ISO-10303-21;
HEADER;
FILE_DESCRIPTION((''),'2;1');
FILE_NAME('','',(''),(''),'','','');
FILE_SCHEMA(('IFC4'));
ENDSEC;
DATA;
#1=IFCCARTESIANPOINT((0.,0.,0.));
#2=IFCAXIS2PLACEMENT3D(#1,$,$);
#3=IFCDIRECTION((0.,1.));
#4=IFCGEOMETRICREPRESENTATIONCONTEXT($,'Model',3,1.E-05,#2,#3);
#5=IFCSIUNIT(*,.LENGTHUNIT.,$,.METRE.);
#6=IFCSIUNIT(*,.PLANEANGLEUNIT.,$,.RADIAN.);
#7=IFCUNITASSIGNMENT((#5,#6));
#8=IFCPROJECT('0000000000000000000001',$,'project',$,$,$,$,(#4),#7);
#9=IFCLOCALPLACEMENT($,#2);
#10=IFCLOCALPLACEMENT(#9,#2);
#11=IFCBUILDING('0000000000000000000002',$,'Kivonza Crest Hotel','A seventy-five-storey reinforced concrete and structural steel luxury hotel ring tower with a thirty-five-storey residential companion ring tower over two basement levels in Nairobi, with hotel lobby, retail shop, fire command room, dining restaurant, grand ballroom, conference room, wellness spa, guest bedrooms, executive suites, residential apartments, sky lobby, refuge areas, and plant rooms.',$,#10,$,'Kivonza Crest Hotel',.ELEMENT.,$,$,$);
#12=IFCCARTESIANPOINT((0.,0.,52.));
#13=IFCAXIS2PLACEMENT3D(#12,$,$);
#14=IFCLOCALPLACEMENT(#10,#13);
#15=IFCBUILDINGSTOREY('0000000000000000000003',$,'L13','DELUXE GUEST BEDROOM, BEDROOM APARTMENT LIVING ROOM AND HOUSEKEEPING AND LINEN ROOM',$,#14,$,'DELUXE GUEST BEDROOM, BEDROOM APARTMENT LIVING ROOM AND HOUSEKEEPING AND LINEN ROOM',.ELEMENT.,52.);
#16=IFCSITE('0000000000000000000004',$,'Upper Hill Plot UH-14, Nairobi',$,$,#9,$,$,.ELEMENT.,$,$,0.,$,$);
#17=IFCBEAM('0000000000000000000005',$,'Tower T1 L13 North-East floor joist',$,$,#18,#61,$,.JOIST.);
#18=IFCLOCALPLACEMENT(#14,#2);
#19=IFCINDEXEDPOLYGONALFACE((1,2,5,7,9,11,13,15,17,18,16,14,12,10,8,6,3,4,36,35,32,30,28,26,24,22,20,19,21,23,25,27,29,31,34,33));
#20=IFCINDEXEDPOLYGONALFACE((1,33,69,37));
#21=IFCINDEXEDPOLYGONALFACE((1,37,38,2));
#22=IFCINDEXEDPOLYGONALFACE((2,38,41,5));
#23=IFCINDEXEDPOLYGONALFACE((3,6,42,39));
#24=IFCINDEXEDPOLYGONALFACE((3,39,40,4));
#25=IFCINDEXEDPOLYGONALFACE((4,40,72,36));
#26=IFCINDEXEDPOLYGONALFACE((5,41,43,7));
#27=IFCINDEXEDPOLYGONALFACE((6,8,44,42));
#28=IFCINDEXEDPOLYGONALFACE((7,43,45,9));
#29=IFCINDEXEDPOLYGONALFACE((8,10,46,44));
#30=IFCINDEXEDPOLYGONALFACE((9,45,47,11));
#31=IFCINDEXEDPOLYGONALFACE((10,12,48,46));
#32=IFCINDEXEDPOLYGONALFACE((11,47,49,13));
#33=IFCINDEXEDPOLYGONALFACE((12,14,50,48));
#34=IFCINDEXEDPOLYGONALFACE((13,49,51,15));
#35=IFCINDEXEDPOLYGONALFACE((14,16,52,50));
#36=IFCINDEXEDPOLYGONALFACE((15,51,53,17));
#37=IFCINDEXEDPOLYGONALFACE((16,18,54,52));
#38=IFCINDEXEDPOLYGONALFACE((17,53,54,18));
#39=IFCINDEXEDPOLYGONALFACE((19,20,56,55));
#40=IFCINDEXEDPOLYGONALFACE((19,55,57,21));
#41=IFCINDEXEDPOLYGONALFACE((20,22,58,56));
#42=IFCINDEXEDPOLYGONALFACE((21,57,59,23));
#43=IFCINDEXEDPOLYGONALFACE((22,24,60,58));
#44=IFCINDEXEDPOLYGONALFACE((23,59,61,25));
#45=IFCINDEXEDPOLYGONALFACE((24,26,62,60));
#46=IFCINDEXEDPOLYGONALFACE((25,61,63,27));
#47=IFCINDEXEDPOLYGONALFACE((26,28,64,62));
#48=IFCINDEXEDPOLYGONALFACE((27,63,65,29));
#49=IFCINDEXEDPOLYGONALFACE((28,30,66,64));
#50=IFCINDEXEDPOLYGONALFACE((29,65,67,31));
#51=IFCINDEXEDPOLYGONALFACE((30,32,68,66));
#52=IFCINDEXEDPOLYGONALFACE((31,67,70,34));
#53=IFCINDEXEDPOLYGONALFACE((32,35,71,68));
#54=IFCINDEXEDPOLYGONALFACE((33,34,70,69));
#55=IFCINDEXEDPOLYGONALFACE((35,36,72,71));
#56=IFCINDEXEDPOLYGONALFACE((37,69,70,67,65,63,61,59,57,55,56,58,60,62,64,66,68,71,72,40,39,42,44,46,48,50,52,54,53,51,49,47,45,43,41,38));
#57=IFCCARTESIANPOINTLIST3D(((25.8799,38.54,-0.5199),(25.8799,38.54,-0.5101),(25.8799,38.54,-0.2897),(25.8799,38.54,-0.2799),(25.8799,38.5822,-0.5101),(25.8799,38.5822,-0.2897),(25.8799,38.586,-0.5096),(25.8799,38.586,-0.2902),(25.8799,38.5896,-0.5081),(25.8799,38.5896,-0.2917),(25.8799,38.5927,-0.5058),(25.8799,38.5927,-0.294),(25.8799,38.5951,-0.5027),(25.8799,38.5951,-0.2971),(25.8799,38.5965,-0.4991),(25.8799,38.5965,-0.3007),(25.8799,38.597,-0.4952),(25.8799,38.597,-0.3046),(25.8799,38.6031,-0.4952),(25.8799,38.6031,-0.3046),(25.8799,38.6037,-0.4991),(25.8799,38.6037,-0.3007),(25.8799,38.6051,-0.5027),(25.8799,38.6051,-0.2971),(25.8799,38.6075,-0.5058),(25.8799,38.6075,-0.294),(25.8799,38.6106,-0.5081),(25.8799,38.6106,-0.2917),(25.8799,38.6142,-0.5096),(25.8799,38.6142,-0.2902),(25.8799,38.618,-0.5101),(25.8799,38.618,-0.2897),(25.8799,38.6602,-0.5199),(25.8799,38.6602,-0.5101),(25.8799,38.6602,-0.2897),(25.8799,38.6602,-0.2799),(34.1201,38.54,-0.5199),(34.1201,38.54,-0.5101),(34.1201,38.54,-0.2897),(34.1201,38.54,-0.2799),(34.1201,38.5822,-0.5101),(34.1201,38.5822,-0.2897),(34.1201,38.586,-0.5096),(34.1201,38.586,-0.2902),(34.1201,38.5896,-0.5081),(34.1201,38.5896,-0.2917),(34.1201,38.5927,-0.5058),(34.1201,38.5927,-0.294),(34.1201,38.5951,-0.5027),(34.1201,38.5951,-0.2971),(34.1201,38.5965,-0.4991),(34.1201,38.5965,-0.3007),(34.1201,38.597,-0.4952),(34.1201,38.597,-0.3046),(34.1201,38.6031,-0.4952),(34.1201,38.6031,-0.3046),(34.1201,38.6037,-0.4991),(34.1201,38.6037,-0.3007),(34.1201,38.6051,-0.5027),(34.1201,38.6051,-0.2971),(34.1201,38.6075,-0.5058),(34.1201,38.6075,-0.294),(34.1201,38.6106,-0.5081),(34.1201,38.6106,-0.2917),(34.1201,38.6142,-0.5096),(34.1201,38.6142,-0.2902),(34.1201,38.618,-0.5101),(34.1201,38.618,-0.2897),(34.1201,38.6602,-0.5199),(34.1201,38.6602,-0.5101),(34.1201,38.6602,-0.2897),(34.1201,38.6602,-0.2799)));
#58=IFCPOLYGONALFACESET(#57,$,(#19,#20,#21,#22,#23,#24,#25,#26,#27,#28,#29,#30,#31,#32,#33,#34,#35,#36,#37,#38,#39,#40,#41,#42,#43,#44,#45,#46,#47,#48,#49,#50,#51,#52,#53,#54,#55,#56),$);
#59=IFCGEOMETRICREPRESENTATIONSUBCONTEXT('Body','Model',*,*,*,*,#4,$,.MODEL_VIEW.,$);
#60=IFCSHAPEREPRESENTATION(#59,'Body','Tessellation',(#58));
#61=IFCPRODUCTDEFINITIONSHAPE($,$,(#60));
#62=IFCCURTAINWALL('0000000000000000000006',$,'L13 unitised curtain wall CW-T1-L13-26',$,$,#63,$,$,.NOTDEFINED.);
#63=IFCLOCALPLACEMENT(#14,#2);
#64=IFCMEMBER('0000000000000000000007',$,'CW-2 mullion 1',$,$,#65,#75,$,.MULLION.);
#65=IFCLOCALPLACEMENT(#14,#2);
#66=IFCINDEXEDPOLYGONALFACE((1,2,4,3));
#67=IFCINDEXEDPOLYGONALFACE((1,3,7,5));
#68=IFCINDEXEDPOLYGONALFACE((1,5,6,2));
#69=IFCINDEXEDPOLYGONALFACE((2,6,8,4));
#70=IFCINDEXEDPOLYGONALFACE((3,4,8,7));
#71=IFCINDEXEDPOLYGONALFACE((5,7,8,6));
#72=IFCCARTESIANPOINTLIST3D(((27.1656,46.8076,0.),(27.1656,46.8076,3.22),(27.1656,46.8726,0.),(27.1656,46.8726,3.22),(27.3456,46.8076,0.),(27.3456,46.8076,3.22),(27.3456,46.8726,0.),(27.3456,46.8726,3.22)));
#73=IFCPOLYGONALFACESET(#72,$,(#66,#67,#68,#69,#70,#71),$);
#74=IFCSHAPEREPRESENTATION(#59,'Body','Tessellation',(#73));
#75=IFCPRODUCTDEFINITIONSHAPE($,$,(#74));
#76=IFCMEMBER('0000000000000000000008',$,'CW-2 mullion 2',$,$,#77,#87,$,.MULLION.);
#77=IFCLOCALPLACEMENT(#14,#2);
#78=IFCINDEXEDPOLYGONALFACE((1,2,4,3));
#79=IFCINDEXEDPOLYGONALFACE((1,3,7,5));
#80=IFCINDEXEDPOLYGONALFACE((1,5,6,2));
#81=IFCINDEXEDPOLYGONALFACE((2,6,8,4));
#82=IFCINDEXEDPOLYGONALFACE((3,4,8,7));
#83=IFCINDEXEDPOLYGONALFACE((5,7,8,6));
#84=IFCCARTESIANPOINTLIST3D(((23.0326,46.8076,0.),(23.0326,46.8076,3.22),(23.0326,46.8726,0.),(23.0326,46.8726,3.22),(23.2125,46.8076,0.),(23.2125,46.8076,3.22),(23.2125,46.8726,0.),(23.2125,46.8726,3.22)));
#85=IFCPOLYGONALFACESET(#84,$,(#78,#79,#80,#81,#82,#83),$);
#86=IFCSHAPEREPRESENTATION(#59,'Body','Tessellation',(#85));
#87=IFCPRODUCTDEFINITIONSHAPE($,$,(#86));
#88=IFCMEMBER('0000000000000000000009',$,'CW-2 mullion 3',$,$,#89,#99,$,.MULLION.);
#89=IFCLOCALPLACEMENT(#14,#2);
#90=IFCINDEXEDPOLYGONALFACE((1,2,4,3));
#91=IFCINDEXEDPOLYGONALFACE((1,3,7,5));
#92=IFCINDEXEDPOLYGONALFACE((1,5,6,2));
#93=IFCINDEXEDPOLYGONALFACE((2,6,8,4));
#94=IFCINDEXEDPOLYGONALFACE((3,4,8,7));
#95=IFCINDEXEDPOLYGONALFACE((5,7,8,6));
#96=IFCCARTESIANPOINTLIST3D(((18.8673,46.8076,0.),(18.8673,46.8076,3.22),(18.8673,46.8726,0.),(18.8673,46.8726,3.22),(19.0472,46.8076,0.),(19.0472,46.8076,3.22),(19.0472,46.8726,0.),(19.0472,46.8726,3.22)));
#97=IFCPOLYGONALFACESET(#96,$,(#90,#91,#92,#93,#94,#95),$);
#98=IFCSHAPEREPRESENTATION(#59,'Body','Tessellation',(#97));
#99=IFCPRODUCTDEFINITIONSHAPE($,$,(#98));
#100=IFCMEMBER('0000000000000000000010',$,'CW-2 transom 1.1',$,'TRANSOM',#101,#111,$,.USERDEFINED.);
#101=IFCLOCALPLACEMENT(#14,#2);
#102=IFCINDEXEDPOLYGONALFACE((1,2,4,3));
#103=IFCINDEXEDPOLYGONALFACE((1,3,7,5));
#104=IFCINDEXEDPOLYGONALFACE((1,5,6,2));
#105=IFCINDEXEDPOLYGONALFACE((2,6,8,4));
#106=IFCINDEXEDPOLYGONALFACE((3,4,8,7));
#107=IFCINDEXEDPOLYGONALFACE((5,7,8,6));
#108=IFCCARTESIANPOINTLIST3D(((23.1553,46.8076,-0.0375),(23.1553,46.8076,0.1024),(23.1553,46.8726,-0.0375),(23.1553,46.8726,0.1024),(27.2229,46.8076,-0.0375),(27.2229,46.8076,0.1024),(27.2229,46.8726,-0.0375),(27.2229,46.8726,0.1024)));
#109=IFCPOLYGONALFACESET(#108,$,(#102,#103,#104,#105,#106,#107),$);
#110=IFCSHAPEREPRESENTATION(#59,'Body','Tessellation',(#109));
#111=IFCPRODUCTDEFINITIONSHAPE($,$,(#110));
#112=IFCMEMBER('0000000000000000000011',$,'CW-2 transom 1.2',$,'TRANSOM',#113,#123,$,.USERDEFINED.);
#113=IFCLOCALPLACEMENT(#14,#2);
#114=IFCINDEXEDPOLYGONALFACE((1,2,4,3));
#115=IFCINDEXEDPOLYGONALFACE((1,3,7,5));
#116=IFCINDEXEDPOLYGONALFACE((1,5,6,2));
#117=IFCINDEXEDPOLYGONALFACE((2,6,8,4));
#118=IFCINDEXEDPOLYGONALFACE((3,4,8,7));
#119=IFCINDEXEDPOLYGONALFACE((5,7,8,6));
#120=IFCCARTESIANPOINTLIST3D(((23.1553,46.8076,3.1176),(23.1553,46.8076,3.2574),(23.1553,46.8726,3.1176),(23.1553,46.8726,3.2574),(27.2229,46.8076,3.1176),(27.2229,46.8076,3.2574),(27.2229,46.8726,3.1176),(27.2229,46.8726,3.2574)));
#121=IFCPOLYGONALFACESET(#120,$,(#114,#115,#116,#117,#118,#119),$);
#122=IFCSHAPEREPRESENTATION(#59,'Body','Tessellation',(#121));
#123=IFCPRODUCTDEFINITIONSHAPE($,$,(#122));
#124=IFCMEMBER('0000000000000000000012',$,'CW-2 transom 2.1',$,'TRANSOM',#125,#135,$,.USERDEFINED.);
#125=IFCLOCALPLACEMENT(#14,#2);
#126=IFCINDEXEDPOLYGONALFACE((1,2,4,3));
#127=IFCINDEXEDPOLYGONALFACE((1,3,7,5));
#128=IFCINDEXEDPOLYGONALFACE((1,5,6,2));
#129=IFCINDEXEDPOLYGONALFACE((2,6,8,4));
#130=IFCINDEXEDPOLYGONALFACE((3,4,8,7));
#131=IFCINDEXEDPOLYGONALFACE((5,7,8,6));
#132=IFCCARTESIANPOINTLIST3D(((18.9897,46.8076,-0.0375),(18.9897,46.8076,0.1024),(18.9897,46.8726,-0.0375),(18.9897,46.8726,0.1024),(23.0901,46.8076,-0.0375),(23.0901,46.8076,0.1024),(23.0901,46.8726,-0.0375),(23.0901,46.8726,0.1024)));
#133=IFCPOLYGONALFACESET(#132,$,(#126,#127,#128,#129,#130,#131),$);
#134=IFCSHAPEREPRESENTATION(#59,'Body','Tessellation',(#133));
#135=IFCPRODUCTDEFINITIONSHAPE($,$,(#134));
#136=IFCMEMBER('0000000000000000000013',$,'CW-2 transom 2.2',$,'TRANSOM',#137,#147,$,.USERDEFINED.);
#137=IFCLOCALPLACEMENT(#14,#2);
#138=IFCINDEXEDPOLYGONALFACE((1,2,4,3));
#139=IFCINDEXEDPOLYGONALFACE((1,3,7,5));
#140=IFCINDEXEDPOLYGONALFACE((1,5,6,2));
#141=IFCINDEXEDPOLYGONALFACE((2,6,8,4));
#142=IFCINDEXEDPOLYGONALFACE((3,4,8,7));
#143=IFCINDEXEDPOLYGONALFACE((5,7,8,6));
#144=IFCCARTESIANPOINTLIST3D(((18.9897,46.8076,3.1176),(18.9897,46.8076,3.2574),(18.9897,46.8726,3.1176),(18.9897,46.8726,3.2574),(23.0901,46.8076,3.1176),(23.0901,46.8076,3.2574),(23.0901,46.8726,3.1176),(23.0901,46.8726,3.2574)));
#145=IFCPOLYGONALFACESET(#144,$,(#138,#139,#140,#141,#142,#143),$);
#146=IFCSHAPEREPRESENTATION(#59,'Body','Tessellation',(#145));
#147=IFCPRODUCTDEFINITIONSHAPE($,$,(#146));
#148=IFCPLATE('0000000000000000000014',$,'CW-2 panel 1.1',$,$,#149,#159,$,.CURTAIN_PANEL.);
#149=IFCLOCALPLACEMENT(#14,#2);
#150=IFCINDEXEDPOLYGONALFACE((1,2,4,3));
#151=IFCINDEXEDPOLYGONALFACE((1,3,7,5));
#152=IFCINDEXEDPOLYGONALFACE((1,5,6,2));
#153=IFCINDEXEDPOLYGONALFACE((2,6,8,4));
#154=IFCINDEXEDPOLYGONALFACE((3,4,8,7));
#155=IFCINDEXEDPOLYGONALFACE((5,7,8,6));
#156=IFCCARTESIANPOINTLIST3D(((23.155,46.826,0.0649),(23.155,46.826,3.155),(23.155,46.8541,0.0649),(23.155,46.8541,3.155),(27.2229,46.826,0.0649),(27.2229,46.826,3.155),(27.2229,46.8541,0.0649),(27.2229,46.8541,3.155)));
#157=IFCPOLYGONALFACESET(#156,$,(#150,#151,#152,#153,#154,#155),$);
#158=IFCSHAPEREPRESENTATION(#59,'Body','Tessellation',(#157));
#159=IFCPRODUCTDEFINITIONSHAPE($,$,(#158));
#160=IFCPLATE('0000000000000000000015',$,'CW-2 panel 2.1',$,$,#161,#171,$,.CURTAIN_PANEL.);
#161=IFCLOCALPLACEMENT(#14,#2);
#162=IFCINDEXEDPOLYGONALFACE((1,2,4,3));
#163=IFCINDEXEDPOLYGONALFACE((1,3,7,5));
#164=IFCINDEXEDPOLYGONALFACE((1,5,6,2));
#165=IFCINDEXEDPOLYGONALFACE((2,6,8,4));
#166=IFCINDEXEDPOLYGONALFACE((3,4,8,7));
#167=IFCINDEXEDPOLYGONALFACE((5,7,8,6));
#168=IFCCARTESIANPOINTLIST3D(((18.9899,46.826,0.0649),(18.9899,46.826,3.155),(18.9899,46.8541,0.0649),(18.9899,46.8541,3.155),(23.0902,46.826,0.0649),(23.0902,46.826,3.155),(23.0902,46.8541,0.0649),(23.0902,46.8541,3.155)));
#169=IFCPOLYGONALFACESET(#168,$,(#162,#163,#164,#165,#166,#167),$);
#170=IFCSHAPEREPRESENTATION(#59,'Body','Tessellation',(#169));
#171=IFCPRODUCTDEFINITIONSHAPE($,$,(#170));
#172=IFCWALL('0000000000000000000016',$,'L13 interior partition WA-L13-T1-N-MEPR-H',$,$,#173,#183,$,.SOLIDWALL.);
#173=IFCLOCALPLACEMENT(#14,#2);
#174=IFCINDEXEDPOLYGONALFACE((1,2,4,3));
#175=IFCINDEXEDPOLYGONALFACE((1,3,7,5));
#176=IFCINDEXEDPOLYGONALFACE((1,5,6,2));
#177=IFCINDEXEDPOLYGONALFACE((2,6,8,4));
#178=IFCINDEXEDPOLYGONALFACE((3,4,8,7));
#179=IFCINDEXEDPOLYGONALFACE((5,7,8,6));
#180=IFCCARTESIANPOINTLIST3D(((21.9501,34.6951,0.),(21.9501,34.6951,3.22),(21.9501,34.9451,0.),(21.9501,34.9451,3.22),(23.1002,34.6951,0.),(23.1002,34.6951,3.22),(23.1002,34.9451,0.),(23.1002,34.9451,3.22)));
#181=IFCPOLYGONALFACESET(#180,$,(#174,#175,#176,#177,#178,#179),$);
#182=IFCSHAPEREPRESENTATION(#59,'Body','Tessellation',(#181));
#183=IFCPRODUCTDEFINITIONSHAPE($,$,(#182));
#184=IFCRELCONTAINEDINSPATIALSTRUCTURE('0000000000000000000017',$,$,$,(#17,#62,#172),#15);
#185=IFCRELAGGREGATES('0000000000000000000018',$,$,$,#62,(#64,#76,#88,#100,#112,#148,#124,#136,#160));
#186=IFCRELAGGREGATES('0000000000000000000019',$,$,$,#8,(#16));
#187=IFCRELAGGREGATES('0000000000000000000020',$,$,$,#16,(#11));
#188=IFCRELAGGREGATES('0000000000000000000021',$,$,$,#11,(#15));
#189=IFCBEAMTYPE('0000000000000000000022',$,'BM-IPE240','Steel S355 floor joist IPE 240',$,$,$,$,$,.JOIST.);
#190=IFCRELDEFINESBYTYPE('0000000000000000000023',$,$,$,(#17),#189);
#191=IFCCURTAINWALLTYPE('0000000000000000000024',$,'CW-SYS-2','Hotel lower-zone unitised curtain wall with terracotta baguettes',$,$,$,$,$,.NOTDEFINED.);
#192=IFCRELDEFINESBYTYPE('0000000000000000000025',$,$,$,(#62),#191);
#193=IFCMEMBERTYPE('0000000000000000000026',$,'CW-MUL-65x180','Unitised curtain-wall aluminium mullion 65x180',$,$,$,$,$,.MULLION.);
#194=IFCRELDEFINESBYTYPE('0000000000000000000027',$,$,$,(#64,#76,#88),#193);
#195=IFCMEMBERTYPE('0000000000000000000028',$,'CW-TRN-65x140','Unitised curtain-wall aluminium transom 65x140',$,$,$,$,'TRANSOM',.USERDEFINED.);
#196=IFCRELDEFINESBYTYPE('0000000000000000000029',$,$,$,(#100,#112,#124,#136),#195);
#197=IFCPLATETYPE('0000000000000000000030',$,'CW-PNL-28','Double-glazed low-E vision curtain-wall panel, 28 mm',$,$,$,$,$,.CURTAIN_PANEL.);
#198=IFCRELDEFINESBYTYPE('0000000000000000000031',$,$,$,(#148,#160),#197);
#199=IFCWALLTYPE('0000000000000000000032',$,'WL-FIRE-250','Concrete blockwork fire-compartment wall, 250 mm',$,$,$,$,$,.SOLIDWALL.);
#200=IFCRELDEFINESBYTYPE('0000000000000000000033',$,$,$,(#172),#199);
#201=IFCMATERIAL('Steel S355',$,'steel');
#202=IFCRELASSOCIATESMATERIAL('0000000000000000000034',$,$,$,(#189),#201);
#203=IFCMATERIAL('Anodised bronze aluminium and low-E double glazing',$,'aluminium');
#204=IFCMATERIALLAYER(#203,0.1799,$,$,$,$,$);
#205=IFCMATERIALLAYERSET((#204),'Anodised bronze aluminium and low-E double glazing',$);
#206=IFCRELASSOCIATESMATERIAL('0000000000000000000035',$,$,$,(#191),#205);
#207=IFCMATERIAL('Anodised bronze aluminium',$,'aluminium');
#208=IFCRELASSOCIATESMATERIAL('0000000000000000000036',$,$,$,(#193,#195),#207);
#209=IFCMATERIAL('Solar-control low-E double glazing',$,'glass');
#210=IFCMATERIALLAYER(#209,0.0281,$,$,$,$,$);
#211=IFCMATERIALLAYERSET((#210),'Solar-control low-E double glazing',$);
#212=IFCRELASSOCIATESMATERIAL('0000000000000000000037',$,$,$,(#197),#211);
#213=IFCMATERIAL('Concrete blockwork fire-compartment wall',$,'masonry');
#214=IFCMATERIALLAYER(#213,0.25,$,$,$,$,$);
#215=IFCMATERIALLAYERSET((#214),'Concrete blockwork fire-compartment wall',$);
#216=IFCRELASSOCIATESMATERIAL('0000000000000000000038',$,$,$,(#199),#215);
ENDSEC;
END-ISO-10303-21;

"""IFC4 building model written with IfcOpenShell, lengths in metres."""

from ifc_helpers import new_model, si_unit, direction, frame, frame_2d, origin, origin_2d, place, context, subcontext, project, spatial, rectangle, i_section, extrude, material, layer, layer_set, material_profile, profile_set, type_object, element, aggregate, save


model = new_model("IFC4")

# Units and contexts
model_context = context("Model", 3, precision=1e-05, world=origin(), true_north=direction((0.0, 1.0)))
body_context = subcontext(model_context, "Body", "Model", "MODEL_VIEW")
ifc_project = project(units=[si_unit("LENGTHUNIT", "METRE"), si_unit("PLANEANGLEUNIT", "RADIAN")], contexts=[model_context])

# Site, building, storey
site_placement = place(None, origin())
site = spatial("IfcSite", under=ifc_project, at=site_placement, Name="Upper Hill Plot UH-14, Nairobi", CompositionType="ELEMENT", RefElevation=0.0)
building_placement = place(site_placement, origin())
building = spatial("IfcBuilding", under=site, at=building_placement, Name="Kivonza Crest Hotel", Description="A seventy-five-storey reinforced concrete and structural steel luxury hotel ring tower with a thirty-five-storey residential companion ring tower over two basement levels in Nairobi, with hotel lobby, retail shop, fire command room, dining restaurant, grand ballroom, conference room, wellness spa, guest bedrooms, executive suites, residential apartments, sky lobby, refuge areas, and plant rooms.", LongName="Kivonza Crest Hotel", CompositionType="ELEMENT")
storey_placement = place(building_placement, frame((0.0, 0.0, 52.0)))
storey = spatial("IfcBuildingStorey", under=building, at=storey_placement, Name="L13", Description="DELUXE GUEST BEDROOM, BEDROOM APARTMENT LIVING ROOM AND HOUSEKEEPING AND LINEN ROOM", LongName="DELUXE GUEST BEDROOM, BEDROOM APARTMENT LIVING ROOM AND HOUSEKEEPING AND LINEN ROOM", CompositionType="ELEMENT", Elevation=52.0)

# Beam
ifc_material_1 = material(Name="Steel S355", Category="steel")
ifc_material_profile_1 = material_profile(ifc_material_1, i_section(OverallWidth=0.1201, OverallDepth=0.24, WebThickness=0.0061, FlangeThickness=0.0098, FilletRadius=0.0149, at=origin_2d()), Name="IPE 240")
ifc_profile_set_1 = profile_set([ifc_material_profile_1], Name="Steel S355")
beam_type_1 = type_object("IfcBeamType", Name="BM-IPE240", Description="Steel S355 floor joist IPE 240", PredefinedType="JOIST", material=ifc_profile_set_1)
beam_1_placement = place(storey_placement, frame((25.8799, 38.6001, -0.3999), z_axis=(1.0, 0.0, 0.0), x_axis=(0.0, 1.0, 0.0)))
element("IfcBeam", 1, at=beam_1_placement, inside=storey, type_object=beam_type_1, Name="Tower T1 L13 North-East floor joist", PredefinedType="JOIST", context=body_context, shape_type="SweptSolid", body=[
    extrude(i_section(OverallWidth=0.1201, OverallDepth=0.24, WebThickness=0.0061, FlangeThickness=0.0098, FilletRadius=0.0149, at=origin_2d()), origin(), (0.0, 0.0, 1.0), 8.2402),
])

# Curtain wall, members, plates
ifc_material_2 = material(Name="Anodised bronze aluminium and low-E double glazing", Category="aluminium")
ifc_layer_1 = layer(ifc_material_2, 0.1799)
ifc_layer_set_1 = layer_set([ifc_layer_1], Name="Anodised bronze aluminium and low-E double glazing")
curtain_wall_type = type_object("IfcCurtainWallType", Name="CW-SYS-2", Description="Hotel lower-zone unitised curtain wall with terracotta baguettes", PredefinedType="NOTDEFINED", material=ifc_layer_set_1)
curtain_wall_placement = place(storey_placement, origin())
curtain_wall = element("IfcCurtainWall", 2, at=curtain_wall_placement, inside=storey, type_object=curtain_wall_type, Name="L13 unitised curtain wall CW-T1-L13-26", PredefinedType="NOTDEFINED")
ifc_material_3 = material(Name="Anodised bronze aluminium", Category="aluminium")
ifc_material_profile_2 = material_profile(ifc_material_3, rectangle(XDim=0.0649, YDim=0.1799, at=origin_2d()), Name="CW-M 65x180")
ifc_profile_set_2 = profile_set([ifc_material_profile_2], Name="Anodised bronze aluminium")
member_type_1 = type_object("IfcMemberType", Name="CW-MUL-65x180", Description="Unitised curtain-wall aluminium mullion 65x180", PredefinedType="MULLION", material=ifc_profile_set_2)
member_1_placement = place(storey_placement, frame((27.2556, 46.8401, 0.0), z_axis=(0.0, 0.0, 1.0), x_axis=(0.0, -1.0, 0.0)))
member_1 = element("IfcMember", 3, at=member_1_placement, type_object=member_type_1, Name="CW-2 mullion 1", PredefinedType="MULLION", context=body_context, shape_type="SweptSolid", body=[
    extrude(rectangle(XDim=0.0649, YDim=0.1799, at=origin_2d()), origin(), (0.0, 0.0, 1.0), 3.22),
])
member_2_placement = place(storey_placement, frame((23.1226, 46.8401, 0.0), z_axis=(0.0, 0.0, 1.0), x_axis=(0.0, -1.0, 0.0)))
member_2 = element("IfcMember", 4, at=member_2_placement, type_object=member_type_1, Name="CW-2 mullion 2", PredefinedType="MULLION", context=body_context, shape_type="SweptSolid", body=[
    extrude(rectangle(XDim=0.0649, YDim=0.1799, at=origin_2d()), origin(), (0.0, 0.0, 1.0), 3.22),
])
member_3_placement = place(storey_placement, frame((18.9573, 46.8401, 0.0), z_axis=(0.0, 0.0, 1.0), x_axis=(0.0, -1.0, 0.0)))
member_3 = element("IfcMember", 5, at=member_3_placement, type_object=member_type_1, Name="CW-2 mullion 3", PredefinedType="MULLION", context=body_context, shape_type="SweptSolid", body=[
    extrude(rectangle(XDim=0.0649, YDim=0.1799, at=origin_2d()), origin(), (0.0, 0.0, 1.0), 3.22),
])
ifc_material_profile_3 = material_profile(ifc_material_3, rectangle(XDim=0.0649, YDim=0.1399, at=origin_2d()), Name="CW-T 65x140")
ifc_profile_set_3 = profile_set([ifc_material_profile_3], Name="Anodised bronze aluminium")
member_type_2 = type_object("IfcMemberType", Name="CW-TRN-65x140", Description="Unitised curtain-wall aluminium transom 65x140", ElementType="TRANSOM", PredefinedType="USERDEFINED", material=ifc_profile_set_3)
member_4_placement = place(storey_placement, frame((27.2229, 46.8401, 0.0325), z_axis=(-1.0, 0.0, 0.0), x_axis=(0.0, -1.0, 0.0)))
member_4 = element("IfcMember", 6, at=member_4_placement, type_object=member_type_2, Name="CW-2 transom 1.1", ObjectType="TRANSOM", PredefinedType="USERDEFINED", context=body_context, shape_type="SweptSolid", body=[
    extrude(rectangle(XDim=0.0649, YDim=0.1399, at=origin_2d()), origin(), (0.0, 0.0, 1.0), 4.0676),
])
member_5_placement = place(storey_placement, frame((27.2229, 46.8401, 3.1875), z_axis=(-1.0, 0.0, 0.0), x_axis=(0.0, -1.0, 0.0)))
member_5 = element("IfcMember", 7, at=member_5_placement, type_object=member_type_2, Name="CW-2 transom 1.2", ObjectType="TRANSOM", PredefinedType="USERDEFINED", context=body_context, shape_type="SweptSolid", body=[
    extrude(rectangle(XDim=0.0649, YDim=0.1399, at=origin_2d()), origin(), (0.0, 0.0, 1.0), 4.0676),
])
member_6_placement = place(storey_placement, frame((23.0901, 46.8401, 0.0325), z_axis=(-1.0, 0.0, 0.0), x_axis=(0.0, -1.0, 0.0)))
member_6 = element("IfcMember", 8, at=member_6_placement, type_object=member_type_2, Name="CW-2 transom 2.1", ObjectType="TRANSOM", PredefinedType="USERDEFINED", context=body_context, shape_type="SweptSolid", body=[
    extrude(rectangle(XDim=0.0649, YDim=0.1399, at=origin_2d()), origin(), (0.0, 0.0, 1.0), 4.1003),
])
member_7_placement = place(storey_placement, frame((23.0901, 46.8401, 3.1875), z_axis=(-1.0, 0.0, 0.0), x_axis=(0.0, -1.0, 0.0)))
member_7 = element("IfcMember", 9, at=member_7_placement, type_object=member_type_2, Name="CW-2 transom 2.2", ObjectType="TRANSOM", PredefinedType="USERDEFINED", context=body_context, shape_type="SweptSolid", body=[
    extrude(rectangle(XDim=0.0649, YDim=0.1399, at=origin_2d()), origin(), (0.0, 0.0, 1.0), 4.1003),
])
ifc_material_4 = material(Name="Solar-control low-E double glazing", Category="glass")
ifc_layer_2 = layer(ifc_material_4, 0.0281)
ifc_layer_set_2 = layer_set([ifc_layer_2], Name="Solar-control low-E double glazing")
plate_type = type_object("IfcPlateType", Name="CW-PNL-28", Description="Double-glazed low-E vision curtain-wall panel, 28 mm", PredefinedType="CURTAIN_PANEL", material=ifc_layer_set_2)
plate_1_placement = place(storey_placement, frame((25.189, 46.8401, 0.0649), z_axis=(0.0, 0.0, 1.0), x_axis=(-1.0, 0.0, 0.0)))
plate_1 = element("IfcPlate", 10, at=plate_1_placement, type_object=plate_type, Name="CW-2 panel 1.1", PredefinedType="CURTAIN_PANEL", context=body_context, shape_type="SweptSolid", body=[
    extrude(rectangle(XDim=4.0679, YDim=0.0281, at=origin_2d()), origin(), (0.0, 0.0, 1.0), 3.0901),
])
plate_2_placement = place(storey_placement, frame((21.04, 46.8401, 0.0649), z_axis=(0.0, 0.0, 1.0), x_axis=(-1.0, 0.0, 0.0)))
plate_2 = element("IfcPlate", 11, at=plate_2_placement, type_object=plate_type, Name="CW-2 panel 2.1", PredefinedType="CURTAIN_PANEL", context=body_context, shape_type="SweptSolid", body=[
    extrude(rectangle(XDim=4.1003, YDim=0.0281, at=origin_2d()), origin(), (0.0, 0.0, 1.0), 3.0901),
])
aggregate(curtain_wall, [member_1, member_2, member_3, member_4, member_5, plate_1, member_6, member_7, plate_2])

# Wall
ifc_material_5 = material(Name="Concrete blockwork fire-compartment wall", Category="masonry")
ifc_layer_3 = layer(ifc_material_5, 0.25)
ifc_layer_set_3 = layer_set([ifc_layer_3], Name="Concrete blockwork fire-compartment wall")
wall_type_1 = type_object("IfcWallType", Name="WL-FIRE-250", Description="Concrete blockwork fire-compartment wall, 250 mm", PredefinedType="SOLIDWALL", material=ifc_layer_set_3)
wall_1_placement = place(storey_placement, frame((21.95, 34.8201, 0.0), z_axis=(0.0, 0.0, 1.0), x_axis=(1.0, 0.0, 0.0)))
element("IfcWall", 12, at=wall_1_placement, inside=storey, type_object=wall_type_1, Name="L13 interior partition WA-L13-T1-N-MEPR-H", PredefinedType="SOLIDWALL", context=body_context, shape_type="SweptSolid", body=[
    extrude(rectangle(XDim=1.1501, YDim=0.25, at=frame_2d((0.5752, 0.0))), origin(), (0.0, 0.0, 1.0), 3.22),
])

save(model, "model.ifc")
